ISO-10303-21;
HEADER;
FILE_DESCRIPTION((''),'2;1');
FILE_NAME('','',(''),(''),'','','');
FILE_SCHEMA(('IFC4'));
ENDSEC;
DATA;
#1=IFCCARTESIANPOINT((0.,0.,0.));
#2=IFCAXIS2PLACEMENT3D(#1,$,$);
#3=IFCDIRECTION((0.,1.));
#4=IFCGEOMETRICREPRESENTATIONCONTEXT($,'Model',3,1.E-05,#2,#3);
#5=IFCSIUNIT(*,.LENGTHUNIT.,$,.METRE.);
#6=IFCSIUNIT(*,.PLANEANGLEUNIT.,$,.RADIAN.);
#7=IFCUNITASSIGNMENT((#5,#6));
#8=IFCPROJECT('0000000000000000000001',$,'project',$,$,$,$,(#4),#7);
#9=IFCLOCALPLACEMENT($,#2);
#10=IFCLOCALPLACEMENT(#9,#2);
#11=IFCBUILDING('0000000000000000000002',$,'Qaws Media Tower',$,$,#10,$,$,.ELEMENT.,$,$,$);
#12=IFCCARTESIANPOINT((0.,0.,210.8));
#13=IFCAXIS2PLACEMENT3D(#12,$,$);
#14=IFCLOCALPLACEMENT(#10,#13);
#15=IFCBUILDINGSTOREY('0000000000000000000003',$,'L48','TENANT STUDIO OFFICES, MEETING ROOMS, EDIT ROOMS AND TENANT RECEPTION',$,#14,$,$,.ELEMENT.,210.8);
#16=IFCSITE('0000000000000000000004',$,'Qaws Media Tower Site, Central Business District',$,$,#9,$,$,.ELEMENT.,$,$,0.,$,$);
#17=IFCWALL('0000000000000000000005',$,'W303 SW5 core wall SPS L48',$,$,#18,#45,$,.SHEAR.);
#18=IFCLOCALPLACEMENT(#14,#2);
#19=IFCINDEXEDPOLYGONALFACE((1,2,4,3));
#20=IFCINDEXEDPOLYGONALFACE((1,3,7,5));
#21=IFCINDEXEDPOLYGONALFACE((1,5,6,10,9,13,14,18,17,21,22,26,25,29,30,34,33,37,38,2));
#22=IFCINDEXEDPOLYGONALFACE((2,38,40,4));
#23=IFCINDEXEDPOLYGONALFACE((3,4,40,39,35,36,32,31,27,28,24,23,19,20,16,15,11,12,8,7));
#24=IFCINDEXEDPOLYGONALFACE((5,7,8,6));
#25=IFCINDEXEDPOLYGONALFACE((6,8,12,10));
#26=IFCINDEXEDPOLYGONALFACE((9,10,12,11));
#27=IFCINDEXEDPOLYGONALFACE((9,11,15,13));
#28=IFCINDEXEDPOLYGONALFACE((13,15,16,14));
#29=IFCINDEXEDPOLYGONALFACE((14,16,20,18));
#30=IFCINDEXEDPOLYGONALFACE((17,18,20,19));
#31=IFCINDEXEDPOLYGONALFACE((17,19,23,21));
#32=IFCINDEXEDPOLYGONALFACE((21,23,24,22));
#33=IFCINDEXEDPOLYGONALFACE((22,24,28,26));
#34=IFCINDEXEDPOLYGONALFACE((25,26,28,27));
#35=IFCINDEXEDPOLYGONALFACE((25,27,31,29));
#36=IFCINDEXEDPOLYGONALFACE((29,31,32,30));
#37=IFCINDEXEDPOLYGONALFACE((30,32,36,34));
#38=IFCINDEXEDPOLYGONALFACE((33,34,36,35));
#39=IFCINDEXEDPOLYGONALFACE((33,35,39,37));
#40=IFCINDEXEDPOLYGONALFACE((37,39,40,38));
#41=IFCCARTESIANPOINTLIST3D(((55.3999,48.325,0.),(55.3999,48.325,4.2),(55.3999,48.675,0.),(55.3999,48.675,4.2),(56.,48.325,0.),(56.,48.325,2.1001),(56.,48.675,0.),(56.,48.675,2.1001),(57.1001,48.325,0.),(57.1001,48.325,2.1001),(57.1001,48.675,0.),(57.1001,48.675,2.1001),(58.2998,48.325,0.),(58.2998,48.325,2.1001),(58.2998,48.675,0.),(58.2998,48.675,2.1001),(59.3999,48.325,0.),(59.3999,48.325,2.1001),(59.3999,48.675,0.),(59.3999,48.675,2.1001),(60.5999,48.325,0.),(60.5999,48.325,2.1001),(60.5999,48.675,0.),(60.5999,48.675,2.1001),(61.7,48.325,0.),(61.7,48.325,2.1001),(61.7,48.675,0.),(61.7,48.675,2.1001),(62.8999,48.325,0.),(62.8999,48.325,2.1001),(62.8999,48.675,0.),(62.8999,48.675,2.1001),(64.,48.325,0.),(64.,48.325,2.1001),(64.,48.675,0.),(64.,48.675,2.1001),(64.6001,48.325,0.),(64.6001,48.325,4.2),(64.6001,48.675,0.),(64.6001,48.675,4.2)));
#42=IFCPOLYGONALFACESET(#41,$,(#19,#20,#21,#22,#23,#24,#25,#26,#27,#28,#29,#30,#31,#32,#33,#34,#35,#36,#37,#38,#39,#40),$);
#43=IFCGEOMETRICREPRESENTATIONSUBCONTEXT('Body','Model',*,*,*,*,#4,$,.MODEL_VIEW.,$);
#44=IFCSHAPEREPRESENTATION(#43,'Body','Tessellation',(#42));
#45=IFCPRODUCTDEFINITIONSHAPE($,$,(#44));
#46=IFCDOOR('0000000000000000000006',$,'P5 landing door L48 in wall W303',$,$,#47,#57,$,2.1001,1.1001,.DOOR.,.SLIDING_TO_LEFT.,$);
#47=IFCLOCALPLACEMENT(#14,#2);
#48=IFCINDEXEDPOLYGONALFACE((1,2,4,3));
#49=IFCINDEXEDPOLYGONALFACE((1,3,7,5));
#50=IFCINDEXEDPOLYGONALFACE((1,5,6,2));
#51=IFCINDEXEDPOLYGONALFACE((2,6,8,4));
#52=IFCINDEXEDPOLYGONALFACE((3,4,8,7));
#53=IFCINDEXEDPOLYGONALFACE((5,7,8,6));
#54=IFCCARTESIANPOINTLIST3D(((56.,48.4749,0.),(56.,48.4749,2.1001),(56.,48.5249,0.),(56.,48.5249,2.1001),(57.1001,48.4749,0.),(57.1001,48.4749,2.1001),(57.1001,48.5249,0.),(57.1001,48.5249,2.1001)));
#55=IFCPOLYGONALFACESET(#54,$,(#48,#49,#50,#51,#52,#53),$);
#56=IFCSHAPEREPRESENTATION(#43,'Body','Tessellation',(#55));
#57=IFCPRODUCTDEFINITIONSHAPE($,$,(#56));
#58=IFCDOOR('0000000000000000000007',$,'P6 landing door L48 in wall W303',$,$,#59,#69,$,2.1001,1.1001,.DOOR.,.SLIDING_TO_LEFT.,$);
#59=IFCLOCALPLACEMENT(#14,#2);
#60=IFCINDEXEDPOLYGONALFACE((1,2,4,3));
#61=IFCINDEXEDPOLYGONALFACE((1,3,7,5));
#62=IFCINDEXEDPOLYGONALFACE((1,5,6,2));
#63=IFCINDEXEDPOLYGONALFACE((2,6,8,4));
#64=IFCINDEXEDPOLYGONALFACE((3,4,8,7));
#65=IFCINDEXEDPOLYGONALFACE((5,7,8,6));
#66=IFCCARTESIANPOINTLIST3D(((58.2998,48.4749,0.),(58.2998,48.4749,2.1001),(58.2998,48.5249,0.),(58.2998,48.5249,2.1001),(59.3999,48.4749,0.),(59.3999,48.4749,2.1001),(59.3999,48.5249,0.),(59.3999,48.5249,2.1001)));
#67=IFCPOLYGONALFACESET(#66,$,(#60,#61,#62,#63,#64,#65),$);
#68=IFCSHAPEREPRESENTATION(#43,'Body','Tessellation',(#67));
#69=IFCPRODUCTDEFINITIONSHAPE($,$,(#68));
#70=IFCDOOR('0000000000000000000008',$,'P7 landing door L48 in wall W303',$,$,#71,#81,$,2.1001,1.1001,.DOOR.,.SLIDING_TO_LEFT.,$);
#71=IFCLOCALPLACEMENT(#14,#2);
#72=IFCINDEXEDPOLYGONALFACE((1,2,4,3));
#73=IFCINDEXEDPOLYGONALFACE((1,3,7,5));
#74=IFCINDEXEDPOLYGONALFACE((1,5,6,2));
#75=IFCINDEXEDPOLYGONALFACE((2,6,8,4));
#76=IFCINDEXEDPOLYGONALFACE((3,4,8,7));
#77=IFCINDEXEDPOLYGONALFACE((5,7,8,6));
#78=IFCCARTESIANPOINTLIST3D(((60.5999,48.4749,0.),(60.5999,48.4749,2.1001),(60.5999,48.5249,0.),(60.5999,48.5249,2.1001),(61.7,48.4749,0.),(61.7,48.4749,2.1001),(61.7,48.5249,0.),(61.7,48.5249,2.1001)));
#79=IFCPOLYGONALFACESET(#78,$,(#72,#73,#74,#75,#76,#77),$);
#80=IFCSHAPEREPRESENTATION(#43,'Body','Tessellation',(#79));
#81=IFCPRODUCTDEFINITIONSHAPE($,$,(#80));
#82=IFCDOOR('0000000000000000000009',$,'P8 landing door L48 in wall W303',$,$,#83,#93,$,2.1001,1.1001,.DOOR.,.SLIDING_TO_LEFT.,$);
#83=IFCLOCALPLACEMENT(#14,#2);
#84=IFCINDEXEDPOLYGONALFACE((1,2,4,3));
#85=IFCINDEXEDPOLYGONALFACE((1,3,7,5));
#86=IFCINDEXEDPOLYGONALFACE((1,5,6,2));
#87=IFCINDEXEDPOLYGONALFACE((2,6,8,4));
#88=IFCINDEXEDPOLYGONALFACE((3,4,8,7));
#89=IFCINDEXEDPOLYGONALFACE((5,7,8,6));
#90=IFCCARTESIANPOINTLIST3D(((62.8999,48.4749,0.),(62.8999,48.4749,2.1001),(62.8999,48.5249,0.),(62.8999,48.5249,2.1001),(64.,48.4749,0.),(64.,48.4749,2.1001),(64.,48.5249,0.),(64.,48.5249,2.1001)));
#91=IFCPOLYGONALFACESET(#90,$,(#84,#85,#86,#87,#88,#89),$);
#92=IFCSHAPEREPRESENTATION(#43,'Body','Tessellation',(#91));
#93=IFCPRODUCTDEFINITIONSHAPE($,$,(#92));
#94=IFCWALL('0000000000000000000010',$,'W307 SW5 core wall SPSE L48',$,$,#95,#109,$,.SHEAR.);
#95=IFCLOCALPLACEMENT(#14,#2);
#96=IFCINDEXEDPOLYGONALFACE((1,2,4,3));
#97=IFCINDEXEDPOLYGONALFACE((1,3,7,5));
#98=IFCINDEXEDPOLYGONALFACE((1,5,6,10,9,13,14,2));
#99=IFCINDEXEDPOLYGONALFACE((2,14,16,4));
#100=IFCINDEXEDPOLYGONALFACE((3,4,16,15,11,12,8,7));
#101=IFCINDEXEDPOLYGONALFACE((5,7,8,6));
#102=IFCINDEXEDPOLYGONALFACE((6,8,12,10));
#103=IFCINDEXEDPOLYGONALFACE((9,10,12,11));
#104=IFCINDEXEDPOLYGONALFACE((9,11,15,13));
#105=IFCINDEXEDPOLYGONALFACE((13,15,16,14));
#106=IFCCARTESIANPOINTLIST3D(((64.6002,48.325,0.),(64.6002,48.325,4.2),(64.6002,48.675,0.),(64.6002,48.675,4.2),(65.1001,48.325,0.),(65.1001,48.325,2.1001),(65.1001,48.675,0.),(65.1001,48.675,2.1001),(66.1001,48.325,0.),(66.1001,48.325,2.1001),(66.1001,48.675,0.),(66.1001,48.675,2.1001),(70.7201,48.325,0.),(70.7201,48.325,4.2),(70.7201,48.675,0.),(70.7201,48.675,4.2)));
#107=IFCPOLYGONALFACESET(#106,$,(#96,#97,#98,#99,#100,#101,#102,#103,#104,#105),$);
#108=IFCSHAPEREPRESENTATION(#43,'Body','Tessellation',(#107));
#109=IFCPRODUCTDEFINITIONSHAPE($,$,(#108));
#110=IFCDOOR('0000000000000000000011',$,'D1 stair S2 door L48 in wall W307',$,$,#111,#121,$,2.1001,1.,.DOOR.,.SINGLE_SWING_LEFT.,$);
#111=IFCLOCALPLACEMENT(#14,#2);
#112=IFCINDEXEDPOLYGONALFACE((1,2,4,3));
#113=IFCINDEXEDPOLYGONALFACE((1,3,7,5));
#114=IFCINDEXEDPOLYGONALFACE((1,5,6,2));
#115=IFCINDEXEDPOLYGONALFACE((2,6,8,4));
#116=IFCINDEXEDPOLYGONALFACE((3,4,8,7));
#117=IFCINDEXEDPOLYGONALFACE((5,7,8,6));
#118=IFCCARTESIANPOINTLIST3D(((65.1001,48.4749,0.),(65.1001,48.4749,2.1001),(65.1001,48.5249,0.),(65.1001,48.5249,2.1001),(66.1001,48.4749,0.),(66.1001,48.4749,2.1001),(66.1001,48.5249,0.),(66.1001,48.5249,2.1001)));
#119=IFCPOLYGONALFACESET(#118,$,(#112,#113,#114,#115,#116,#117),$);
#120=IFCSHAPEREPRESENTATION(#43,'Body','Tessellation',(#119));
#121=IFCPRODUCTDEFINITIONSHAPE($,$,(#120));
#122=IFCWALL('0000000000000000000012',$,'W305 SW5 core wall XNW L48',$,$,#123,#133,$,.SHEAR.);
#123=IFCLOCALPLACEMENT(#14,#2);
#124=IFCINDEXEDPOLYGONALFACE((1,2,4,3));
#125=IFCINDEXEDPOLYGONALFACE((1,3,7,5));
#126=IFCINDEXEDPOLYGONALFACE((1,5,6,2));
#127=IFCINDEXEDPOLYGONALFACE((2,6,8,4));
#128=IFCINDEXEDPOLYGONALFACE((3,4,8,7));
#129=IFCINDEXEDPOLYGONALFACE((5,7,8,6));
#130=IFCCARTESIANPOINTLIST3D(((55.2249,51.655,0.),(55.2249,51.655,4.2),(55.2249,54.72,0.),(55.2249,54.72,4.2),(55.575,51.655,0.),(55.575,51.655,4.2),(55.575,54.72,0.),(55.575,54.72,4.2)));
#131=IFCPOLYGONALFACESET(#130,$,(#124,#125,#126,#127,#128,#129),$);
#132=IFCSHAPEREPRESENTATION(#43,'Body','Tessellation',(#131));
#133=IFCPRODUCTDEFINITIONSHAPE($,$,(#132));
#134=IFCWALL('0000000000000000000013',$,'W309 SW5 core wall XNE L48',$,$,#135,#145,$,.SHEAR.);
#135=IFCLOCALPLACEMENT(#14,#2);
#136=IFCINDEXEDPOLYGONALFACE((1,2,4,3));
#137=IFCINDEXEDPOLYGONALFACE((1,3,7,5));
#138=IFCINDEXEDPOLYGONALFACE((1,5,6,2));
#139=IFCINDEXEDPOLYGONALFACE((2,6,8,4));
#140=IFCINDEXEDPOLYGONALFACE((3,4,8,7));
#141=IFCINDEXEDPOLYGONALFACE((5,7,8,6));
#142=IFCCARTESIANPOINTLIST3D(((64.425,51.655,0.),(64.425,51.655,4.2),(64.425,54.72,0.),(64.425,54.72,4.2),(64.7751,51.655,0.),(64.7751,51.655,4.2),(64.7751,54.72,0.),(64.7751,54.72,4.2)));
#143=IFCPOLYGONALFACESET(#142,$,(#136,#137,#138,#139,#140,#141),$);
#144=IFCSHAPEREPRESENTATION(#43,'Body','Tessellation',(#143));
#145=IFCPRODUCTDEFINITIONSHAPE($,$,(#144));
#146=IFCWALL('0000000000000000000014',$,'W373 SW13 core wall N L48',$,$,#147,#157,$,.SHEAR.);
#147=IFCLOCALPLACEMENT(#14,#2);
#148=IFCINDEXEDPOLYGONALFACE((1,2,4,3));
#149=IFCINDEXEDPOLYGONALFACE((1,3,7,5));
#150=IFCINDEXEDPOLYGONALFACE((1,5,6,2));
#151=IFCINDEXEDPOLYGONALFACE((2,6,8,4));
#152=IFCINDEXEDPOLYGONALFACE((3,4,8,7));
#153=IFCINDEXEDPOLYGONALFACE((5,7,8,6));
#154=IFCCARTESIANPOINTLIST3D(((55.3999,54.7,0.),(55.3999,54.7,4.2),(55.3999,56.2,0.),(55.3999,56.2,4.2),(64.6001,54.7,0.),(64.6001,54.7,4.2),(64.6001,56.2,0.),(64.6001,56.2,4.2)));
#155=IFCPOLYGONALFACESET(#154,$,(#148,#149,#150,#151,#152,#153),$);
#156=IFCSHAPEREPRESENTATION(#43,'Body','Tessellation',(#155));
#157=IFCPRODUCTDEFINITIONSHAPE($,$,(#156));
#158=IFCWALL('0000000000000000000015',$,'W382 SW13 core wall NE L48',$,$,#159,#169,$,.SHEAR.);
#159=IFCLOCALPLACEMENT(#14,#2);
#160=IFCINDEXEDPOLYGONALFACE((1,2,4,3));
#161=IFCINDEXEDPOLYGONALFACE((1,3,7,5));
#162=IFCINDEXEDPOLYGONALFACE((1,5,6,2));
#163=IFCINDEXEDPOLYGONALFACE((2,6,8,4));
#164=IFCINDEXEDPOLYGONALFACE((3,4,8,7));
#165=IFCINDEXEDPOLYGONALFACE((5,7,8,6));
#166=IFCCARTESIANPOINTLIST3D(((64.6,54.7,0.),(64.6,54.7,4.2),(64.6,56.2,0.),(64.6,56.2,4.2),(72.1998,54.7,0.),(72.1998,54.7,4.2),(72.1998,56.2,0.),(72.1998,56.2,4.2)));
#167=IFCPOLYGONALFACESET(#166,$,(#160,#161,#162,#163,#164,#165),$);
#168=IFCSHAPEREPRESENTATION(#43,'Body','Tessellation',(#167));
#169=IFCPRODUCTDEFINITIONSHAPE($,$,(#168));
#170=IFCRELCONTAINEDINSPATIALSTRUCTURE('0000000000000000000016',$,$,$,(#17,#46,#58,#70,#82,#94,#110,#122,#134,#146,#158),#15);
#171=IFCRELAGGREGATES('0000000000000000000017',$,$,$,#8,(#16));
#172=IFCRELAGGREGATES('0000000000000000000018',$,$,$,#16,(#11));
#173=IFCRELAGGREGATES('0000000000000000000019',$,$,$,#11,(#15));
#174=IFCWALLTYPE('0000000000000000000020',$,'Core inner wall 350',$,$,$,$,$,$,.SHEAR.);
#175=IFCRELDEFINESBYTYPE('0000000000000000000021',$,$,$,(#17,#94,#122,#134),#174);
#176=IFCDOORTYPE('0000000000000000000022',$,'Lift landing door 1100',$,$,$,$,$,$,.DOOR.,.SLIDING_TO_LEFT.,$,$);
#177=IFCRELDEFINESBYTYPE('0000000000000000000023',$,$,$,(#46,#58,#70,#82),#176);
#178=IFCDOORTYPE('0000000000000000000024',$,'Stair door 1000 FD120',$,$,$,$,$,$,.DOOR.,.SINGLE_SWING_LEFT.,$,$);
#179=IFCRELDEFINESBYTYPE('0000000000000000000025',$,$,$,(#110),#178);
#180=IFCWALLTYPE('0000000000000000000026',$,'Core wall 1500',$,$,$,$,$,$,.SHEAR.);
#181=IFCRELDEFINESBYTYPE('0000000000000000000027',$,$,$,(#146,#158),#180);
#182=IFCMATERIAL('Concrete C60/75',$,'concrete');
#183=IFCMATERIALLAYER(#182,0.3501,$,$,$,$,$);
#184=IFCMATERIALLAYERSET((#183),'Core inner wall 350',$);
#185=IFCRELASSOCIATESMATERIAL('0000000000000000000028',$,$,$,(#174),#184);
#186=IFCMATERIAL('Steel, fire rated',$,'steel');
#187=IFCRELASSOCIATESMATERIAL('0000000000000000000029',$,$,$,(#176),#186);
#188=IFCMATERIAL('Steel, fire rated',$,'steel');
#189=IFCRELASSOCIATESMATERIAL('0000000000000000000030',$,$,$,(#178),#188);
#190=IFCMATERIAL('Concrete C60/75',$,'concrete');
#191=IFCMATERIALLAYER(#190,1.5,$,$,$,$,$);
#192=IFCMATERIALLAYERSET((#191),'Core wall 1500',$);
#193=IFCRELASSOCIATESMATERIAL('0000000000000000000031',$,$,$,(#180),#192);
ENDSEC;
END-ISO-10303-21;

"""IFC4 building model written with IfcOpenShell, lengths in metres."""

from ifc_helpers import new_model, si_unit, direction, frame, frame_2d, origin, place, context, subcontext, project, spatial, rectangle, extrude, material, layer, layer_set, type_object, element, fill, save


model = new_model("IFC4")

# Units and contexts
model_context = context("Model", 3, precision=1e-05, world=origin(), true_north=direction((0.0, 1.0)))
body_context = subcontext(model_context, "Body", "Model", "MODEL_VIEW")
ifc_project = project(units=[si_unit("LENGTHUNIT", "METRE"), si_unit("PLANEANGLEUNIT", "RADIAN")], contexts=[model_context])

# Site, building, storey
site_placement = place(None, origin())
site = spatial("IfcSite", under=ifc_project, at=site_placement, Name="Qaws Media Tower Site, Central Business District", CompositionType="ELEMENT", RefElevation=0.0)
building_placement = place(site_placement, origin())
building = spatial("IfcBuilding", under=site, at=building_placement, Name="Qaws Media Tower", CompositionType="ELEMENT")
storey_placement = place(building_placement, frame((0.0, 0.0, 210.8)))
storey = spatial("IfcBuildingStorey", under=building, at=storey_placement, Name="L48", Description="TENANT STUDIO OFFICES, MEETING ROOMS, EDIT ROOMS AND TENANT RECEPTION", CompositionType="ELEMENT", Elevation=210.8)

# Wall, openings, doors
ifc_material_1 = material(Name="Concrete C60/75", Category="concrete")
ifc_layer_1 = layer(ifc_material_1, 0.3501)
ifc_layer_set_1 = layer_set([ifc_layer_1], Name="Core inner wall 350")
wall_type_1 = type_object("IfcWallType", Name="Core inner wall 350", PredefinedType="SHEAR", material=ifc_layer_set_1)
wall_1_placement = place(storey_placement, frame((55.3999, 48.5, 0.0), z_axis=(0.0, 0.0, 1.0), x_axis=(1.0, 0.0, 0.0)))
wall_1 = element("IfcWall", 1, at=wall_1_placement, inside=storey, type_object=wall_type_1, Name="W303 SW5 core wall SPS L48", PredefinedType="SHEAR", context=body_context, shape_type="SweptSolid", body=[
    extrude(rectangle(XDim=9.2002, YDim=0.3501, at=frame_2d((4.6001, 0.0))), origin(), (0.0, 0.0, 1.0), 4.2),
])
opening_1_placement = place(wall_1_placement, frame((0.6001, 0.0, 0.0)))
opening_1 = element("IfcOpeningElement", 2, at=opening_1_placement, cuts=wall_1, PredefinedType="OPENING", context=body_context, shape_type="SweptSolid", body=[
    extrude(rectangle(XDim=1.1001, YDim=2.1001, at=frame_2d((0.55, 1.05))), frame((0.0, 0.1851, 0.0), z_axis=(0.0, -1.0, 0.0), x_axis=(1.0, 0.0, 0.0)), (0.0, 0.0, 1.0), 0.3701),
])
opening_2_placement = place(wall_1_placement, frame((2.8999, 0.0, 0.0)))
opening_2 = element("IfcOpeningElement", 3, at=opening_2_placement, cuts=wall_1, PredefinedType="OPENING", context=body_context, shape_type="SweptSolid", body=[
    extrude(rectangle(XDim=1.1001, YDim=2.1001, at=frame_2d((0.55, 1.05))), frame((0.0, 0.1851, 0.0), z_axis=(0.0, -1.0, 0.0), x_axis=(1.0, 0.0, 0.0)), (0.0, 0.0, 1.0), 0.3701),
])
opening_3_placement = place(wall_1_placement, frame((5.2, 0.0, 0.0)))
opening_3 = element("IfcOpeningElement", 4, at=opening_3_placement, cuts=wall_1, PredefinedType="OPENING", context=body_context, shape_type="SweptSolid", body=[
    extrude(rectangle(XDim=1.1001, YDim=2.1001, at=frame_2d((0.55, 1.05))), frame((0.0, 0.1851, 0.0), z_axis=(0.0, -1.0, 0.0), x_axis=(1.0, 0.0, 0.0)), (0.0, 0.0, 1.0), 0.3701),
])
opening_4_placement = place(wall_1_placement, frame((7.5, 0.0, 0.0)))
opening_4 = element("IfcOpeningElement", 5, at=opening_4_placement, cuts=wall_1, PredefinedType="OPENING", context=body_context, shape_type="SweptSolid", body=[
    extrude(rectangle(XDim=1.1001, YDim=2.1001, at=frame_2d((0.55, 1.05))), frame((0.0, 0.1851, 0.0), z_axis=(0.0, -1.0, 0.0), x_axis=(1.0, 0.0, 0.0)), (0.0, 0.0, 1.0), 0.3701),
])
ifc_material_2 = material(Name="Steel, fire rated", Category="steel")
door_type_1 = type_object("IfcDoorType", Name="Lift landing door 1100", OperationType="SLIDING_TO_LEFT", PredefinedType="DOOR", material=ifc_material_2)
door_1_placement = place(opening_1_placement, origin())
door_1 = element("IfcDoor", 6, at=door_1_placement, inside=storey, type_object=door_type_1, Name="P5 landing door L48 in wall W303", OperationType="SLIDING_TO_LEFT", OverallHeight=2.1001, OverallWidth=1.1001, PredefinedType="DOOR", context=body_context, shape_type="SweptSolid", body=[
    extrude(rectangle(XDim=1.1001, YDim=2.1001, at=frame_2d((0.55, 1.05))), frame((0.0, 0.0249, 0.0), z_axis=(0.0, -1.0, 0.0), x_axis=(1.0, 0.0, 0.0)), (0.0, 0.0, 1.0), 0.05),
])
fill(opening_1, door_1)
door_2_placement = place(opening_2_placement, origin())
door_2 = element("IfcDoor", 7, at=door_2_placement, inside=storey, type_object=door_type_1, Name="P6 landing door L48 in wall W303", OperationType="SLIDING_TO_LEFT", OverallHeight=2.1001, OverallWidth=1.1001, PredefinedType="DOOR", context=body_context, shape_type="SweptSolid", body=[
    extrude(rectangle(XDim=1.1001, YDim=2.1001, at=frame_2d((0.55, 1.05))), frame((0.0, 0.0249, 0.0), z_axis=(0.0, -1.0, 0.0), x_axis=(1.0, 0.0, 0.0)), (0.0, 0.0, 1.0), 0.05),
])
fill(opening_2, door_2)
door_3_placement = place(opening_3_placement, origin())
door_3 = element("IfcDoor", 8, at=door_3_placement, inside=storey, type_object=door_type_1, Name="P7 landing door L48 in wall W303", OperationType="SLIDING_TO_LEFT", OverallHeight=2.1001, OverallWidth=1.1001, PredefinedType="DOOR", context=body_context, shape_type="SweptSolid", body=[
    extrude(rectangle(XDim=1.1001, YDim=2.1001, at=frame_2d((0.55, 1.05))), frame((0.0, 0.0249, 0.0), z_axis=(0.0, -1.0, 0.0), x_axis=(1.0, 0.0, 0.0)), (0.0, 0.0, 1.0), 0.05),
])
fill(opening_3, door_3)
door_4_placement = place(opening_4_placement, origin())
door_4 = element("IfcDoor", 9, at=door_4_placement, inside=storey, type_object=door_type_1, Name="P8 landing door L48 in wall W303", OperationType="SLIDING_TO_LEFT", OverallHeight=2.1001, OverallWidth=1.1001, PredefinedType="DOOR", context=body_context, shape_type="SweptSolid", body=[
    extrude(rectangle(XDim=1.1001, YDim=2.1001, at=frame_2d((0.55, 1.05))), frame((0.0, 0.0249, 0.0), z_axis=(0.0, -1.0, 0.0), x_axis=(1.0, 0.0, 0.0)), (0.0, 0.0, 1.0), 0.05),
])
fill(opening_4, door_4)

# Wall, opening, door
wall_2_placement = place(storey_placement, frame((64.6001, 48.5, 0.0), z_axis=(0.0, 0.0, 1.0), x_axis=(1.0, 0.0, 0.0)))
wall_2 = element("IfcWall", 10, at=wall_2_placement, inside=storey, type_object=wall_type_1, Name="W307 SW5 core wall SPSE L48", PredefinedType="SHEAR", context=body_context, shape_type="SweptSolid", body=[
    extrude(rectangle(XDim=6.1199, YDim=0.3501, at=frame_2d((3.0601, 0.0))), origin(), (0.0, 0.0, 1.0), 4.2),
])
opening_5_placement = place(wall_2_placement, frame((0.5, 0.0, 0.0)))
opening_5 = element("IfcOpeningElement", 11, at=opening_5_placement, cuts=wall_2, PredefinedType="OPENING", context=body_context, shape_type="SweptSolid", body=[
    extrude(rectangle(XDim=1.0, YDim=2.1001, at=frame_2d((0.5, 1.05))), frame((0.0, 0.1851, 0.0), z_axis=(0.0, -1.0, 0.0), x_axis=(1.0, 0.0, 0.0)), (0.0, 0.0, 1.0), 0.3701),
])
ifc_material_3 = material(Name="Steel, fire rated", Category="steel")
door_type_2 = type_object("IfcDoorType", Name="Stair door 1000 FD120", OperationType="SINGLE_SWING_LEFT", PredefinedType="DOOR", material=ifc_material_3)
door_5_placement = place(opening_5_placement, origin())
door_5 = element("IfcDoor", 12, at=door_5_placement, inside=storey, type_object=door_type_2, Name="D1 stair S2 door L48 in wall W307", OperationType="SINGLE_SWING_LEFT", OverallHeight=2.1001, OverallWidth=1.0, PredefinedType="DOOR", context=body_context, shape_type="SweptSolid", body=[
    extrude(rectangle(XDim=1.0, YDim=2.1001, at=frame_2d((0.5, 1.05))), frame((0.0, 0.0249, 0.0), z_axis=(0.0, -1.0, 0.0), x_axis=(1.0, 0.0, 0.0)), (0.0, 0.0, 1.0), 0.05),
])
fill(opening_5, door_5)

# Walls
for number, where, z_axis, x_axis, name in (
    (13, (55.3999, 51.655, 0.0), (0.0, 0.0, 1.0), (0.0, 1.0, 0.0), "W305 SW5 core wall XNW L48"),
    (14, (64.6001, 51.655, 0.0), (0.0, 0.0, 1.0), (0.0, 1.0, 0.0), "W309 SW5 core wall XNE L48"),
):
    element("IfcWall", number, at=place(storey_placement, frame(where, z_axis=z_axis, x_axis=x_axis)), inside=storey, type_object=wall_type_1, Name=name, PredefinedType="SHEAR", context=body_context, shape_type="SweptSolid", body=[
        extrude(rectangle(XDim=3.0649, YDim=0.3501, at=frame_2d((1.5325, 0.0))), origin(), (0.0, 0.0, 1.0), 4.2),
    ])
ifc_material_4 = material(Name="Concrete C60/75", Category="concrete")
ifc_layer_2 = layer(ifc_material_4, 1.5)
ifc_layer_set_2 = layer_set([ifc_layer_2], Name="Core wall 1500")
wall_type_2 = type_object("IfcWallType", Name="Core wall 1500", PredefinedType="SHEAR", material=ifc_layer_set_2)
wall_3_placement = place(storey_placement, frame((55.3999, 55.45, 0.0), z_axis=(0.0, 0.0, 1.0), x_axis=(1.0, 0.0, 0.0)))
element("IfcWall", 15, at=wall_3_placement, inside=storey, type_object=wall_type_2, Name="W373 SW13 core wall N L48", PredefinedType="SHEAR", context=body_context, shape_type="SweptSolid", body=[
    extrude(rectangle(XDim=9.2002, YDim=1.5, at=frame_2d((4.6001, 0.0))), origin(), (0.0, 0.0, 1.0), 4.2),
])
wall_4_placement = place(storey_placement, frame((64.6001, 55.45, 0.0), z_axis=(0.0, 0.0, 1.0), x_axis=(1.0, 0.0, 0.0)))
element("IfcWall", 16, at=wall_4_placement, inside=storey, type_object=wall_type_2, Name="W382 SW13 core wall NE L48", PredefinedType="SHEAR", context=body_context, shape_type="SweptSolid", body=[
    extrude(rectangle(XDim=7.5999, YDim=1.5, at=frame_2d((3.7998, 0.0))), origin(), (0.0, 0.0, 1.0), 4.2),
])

save(model, "model.ifc")
